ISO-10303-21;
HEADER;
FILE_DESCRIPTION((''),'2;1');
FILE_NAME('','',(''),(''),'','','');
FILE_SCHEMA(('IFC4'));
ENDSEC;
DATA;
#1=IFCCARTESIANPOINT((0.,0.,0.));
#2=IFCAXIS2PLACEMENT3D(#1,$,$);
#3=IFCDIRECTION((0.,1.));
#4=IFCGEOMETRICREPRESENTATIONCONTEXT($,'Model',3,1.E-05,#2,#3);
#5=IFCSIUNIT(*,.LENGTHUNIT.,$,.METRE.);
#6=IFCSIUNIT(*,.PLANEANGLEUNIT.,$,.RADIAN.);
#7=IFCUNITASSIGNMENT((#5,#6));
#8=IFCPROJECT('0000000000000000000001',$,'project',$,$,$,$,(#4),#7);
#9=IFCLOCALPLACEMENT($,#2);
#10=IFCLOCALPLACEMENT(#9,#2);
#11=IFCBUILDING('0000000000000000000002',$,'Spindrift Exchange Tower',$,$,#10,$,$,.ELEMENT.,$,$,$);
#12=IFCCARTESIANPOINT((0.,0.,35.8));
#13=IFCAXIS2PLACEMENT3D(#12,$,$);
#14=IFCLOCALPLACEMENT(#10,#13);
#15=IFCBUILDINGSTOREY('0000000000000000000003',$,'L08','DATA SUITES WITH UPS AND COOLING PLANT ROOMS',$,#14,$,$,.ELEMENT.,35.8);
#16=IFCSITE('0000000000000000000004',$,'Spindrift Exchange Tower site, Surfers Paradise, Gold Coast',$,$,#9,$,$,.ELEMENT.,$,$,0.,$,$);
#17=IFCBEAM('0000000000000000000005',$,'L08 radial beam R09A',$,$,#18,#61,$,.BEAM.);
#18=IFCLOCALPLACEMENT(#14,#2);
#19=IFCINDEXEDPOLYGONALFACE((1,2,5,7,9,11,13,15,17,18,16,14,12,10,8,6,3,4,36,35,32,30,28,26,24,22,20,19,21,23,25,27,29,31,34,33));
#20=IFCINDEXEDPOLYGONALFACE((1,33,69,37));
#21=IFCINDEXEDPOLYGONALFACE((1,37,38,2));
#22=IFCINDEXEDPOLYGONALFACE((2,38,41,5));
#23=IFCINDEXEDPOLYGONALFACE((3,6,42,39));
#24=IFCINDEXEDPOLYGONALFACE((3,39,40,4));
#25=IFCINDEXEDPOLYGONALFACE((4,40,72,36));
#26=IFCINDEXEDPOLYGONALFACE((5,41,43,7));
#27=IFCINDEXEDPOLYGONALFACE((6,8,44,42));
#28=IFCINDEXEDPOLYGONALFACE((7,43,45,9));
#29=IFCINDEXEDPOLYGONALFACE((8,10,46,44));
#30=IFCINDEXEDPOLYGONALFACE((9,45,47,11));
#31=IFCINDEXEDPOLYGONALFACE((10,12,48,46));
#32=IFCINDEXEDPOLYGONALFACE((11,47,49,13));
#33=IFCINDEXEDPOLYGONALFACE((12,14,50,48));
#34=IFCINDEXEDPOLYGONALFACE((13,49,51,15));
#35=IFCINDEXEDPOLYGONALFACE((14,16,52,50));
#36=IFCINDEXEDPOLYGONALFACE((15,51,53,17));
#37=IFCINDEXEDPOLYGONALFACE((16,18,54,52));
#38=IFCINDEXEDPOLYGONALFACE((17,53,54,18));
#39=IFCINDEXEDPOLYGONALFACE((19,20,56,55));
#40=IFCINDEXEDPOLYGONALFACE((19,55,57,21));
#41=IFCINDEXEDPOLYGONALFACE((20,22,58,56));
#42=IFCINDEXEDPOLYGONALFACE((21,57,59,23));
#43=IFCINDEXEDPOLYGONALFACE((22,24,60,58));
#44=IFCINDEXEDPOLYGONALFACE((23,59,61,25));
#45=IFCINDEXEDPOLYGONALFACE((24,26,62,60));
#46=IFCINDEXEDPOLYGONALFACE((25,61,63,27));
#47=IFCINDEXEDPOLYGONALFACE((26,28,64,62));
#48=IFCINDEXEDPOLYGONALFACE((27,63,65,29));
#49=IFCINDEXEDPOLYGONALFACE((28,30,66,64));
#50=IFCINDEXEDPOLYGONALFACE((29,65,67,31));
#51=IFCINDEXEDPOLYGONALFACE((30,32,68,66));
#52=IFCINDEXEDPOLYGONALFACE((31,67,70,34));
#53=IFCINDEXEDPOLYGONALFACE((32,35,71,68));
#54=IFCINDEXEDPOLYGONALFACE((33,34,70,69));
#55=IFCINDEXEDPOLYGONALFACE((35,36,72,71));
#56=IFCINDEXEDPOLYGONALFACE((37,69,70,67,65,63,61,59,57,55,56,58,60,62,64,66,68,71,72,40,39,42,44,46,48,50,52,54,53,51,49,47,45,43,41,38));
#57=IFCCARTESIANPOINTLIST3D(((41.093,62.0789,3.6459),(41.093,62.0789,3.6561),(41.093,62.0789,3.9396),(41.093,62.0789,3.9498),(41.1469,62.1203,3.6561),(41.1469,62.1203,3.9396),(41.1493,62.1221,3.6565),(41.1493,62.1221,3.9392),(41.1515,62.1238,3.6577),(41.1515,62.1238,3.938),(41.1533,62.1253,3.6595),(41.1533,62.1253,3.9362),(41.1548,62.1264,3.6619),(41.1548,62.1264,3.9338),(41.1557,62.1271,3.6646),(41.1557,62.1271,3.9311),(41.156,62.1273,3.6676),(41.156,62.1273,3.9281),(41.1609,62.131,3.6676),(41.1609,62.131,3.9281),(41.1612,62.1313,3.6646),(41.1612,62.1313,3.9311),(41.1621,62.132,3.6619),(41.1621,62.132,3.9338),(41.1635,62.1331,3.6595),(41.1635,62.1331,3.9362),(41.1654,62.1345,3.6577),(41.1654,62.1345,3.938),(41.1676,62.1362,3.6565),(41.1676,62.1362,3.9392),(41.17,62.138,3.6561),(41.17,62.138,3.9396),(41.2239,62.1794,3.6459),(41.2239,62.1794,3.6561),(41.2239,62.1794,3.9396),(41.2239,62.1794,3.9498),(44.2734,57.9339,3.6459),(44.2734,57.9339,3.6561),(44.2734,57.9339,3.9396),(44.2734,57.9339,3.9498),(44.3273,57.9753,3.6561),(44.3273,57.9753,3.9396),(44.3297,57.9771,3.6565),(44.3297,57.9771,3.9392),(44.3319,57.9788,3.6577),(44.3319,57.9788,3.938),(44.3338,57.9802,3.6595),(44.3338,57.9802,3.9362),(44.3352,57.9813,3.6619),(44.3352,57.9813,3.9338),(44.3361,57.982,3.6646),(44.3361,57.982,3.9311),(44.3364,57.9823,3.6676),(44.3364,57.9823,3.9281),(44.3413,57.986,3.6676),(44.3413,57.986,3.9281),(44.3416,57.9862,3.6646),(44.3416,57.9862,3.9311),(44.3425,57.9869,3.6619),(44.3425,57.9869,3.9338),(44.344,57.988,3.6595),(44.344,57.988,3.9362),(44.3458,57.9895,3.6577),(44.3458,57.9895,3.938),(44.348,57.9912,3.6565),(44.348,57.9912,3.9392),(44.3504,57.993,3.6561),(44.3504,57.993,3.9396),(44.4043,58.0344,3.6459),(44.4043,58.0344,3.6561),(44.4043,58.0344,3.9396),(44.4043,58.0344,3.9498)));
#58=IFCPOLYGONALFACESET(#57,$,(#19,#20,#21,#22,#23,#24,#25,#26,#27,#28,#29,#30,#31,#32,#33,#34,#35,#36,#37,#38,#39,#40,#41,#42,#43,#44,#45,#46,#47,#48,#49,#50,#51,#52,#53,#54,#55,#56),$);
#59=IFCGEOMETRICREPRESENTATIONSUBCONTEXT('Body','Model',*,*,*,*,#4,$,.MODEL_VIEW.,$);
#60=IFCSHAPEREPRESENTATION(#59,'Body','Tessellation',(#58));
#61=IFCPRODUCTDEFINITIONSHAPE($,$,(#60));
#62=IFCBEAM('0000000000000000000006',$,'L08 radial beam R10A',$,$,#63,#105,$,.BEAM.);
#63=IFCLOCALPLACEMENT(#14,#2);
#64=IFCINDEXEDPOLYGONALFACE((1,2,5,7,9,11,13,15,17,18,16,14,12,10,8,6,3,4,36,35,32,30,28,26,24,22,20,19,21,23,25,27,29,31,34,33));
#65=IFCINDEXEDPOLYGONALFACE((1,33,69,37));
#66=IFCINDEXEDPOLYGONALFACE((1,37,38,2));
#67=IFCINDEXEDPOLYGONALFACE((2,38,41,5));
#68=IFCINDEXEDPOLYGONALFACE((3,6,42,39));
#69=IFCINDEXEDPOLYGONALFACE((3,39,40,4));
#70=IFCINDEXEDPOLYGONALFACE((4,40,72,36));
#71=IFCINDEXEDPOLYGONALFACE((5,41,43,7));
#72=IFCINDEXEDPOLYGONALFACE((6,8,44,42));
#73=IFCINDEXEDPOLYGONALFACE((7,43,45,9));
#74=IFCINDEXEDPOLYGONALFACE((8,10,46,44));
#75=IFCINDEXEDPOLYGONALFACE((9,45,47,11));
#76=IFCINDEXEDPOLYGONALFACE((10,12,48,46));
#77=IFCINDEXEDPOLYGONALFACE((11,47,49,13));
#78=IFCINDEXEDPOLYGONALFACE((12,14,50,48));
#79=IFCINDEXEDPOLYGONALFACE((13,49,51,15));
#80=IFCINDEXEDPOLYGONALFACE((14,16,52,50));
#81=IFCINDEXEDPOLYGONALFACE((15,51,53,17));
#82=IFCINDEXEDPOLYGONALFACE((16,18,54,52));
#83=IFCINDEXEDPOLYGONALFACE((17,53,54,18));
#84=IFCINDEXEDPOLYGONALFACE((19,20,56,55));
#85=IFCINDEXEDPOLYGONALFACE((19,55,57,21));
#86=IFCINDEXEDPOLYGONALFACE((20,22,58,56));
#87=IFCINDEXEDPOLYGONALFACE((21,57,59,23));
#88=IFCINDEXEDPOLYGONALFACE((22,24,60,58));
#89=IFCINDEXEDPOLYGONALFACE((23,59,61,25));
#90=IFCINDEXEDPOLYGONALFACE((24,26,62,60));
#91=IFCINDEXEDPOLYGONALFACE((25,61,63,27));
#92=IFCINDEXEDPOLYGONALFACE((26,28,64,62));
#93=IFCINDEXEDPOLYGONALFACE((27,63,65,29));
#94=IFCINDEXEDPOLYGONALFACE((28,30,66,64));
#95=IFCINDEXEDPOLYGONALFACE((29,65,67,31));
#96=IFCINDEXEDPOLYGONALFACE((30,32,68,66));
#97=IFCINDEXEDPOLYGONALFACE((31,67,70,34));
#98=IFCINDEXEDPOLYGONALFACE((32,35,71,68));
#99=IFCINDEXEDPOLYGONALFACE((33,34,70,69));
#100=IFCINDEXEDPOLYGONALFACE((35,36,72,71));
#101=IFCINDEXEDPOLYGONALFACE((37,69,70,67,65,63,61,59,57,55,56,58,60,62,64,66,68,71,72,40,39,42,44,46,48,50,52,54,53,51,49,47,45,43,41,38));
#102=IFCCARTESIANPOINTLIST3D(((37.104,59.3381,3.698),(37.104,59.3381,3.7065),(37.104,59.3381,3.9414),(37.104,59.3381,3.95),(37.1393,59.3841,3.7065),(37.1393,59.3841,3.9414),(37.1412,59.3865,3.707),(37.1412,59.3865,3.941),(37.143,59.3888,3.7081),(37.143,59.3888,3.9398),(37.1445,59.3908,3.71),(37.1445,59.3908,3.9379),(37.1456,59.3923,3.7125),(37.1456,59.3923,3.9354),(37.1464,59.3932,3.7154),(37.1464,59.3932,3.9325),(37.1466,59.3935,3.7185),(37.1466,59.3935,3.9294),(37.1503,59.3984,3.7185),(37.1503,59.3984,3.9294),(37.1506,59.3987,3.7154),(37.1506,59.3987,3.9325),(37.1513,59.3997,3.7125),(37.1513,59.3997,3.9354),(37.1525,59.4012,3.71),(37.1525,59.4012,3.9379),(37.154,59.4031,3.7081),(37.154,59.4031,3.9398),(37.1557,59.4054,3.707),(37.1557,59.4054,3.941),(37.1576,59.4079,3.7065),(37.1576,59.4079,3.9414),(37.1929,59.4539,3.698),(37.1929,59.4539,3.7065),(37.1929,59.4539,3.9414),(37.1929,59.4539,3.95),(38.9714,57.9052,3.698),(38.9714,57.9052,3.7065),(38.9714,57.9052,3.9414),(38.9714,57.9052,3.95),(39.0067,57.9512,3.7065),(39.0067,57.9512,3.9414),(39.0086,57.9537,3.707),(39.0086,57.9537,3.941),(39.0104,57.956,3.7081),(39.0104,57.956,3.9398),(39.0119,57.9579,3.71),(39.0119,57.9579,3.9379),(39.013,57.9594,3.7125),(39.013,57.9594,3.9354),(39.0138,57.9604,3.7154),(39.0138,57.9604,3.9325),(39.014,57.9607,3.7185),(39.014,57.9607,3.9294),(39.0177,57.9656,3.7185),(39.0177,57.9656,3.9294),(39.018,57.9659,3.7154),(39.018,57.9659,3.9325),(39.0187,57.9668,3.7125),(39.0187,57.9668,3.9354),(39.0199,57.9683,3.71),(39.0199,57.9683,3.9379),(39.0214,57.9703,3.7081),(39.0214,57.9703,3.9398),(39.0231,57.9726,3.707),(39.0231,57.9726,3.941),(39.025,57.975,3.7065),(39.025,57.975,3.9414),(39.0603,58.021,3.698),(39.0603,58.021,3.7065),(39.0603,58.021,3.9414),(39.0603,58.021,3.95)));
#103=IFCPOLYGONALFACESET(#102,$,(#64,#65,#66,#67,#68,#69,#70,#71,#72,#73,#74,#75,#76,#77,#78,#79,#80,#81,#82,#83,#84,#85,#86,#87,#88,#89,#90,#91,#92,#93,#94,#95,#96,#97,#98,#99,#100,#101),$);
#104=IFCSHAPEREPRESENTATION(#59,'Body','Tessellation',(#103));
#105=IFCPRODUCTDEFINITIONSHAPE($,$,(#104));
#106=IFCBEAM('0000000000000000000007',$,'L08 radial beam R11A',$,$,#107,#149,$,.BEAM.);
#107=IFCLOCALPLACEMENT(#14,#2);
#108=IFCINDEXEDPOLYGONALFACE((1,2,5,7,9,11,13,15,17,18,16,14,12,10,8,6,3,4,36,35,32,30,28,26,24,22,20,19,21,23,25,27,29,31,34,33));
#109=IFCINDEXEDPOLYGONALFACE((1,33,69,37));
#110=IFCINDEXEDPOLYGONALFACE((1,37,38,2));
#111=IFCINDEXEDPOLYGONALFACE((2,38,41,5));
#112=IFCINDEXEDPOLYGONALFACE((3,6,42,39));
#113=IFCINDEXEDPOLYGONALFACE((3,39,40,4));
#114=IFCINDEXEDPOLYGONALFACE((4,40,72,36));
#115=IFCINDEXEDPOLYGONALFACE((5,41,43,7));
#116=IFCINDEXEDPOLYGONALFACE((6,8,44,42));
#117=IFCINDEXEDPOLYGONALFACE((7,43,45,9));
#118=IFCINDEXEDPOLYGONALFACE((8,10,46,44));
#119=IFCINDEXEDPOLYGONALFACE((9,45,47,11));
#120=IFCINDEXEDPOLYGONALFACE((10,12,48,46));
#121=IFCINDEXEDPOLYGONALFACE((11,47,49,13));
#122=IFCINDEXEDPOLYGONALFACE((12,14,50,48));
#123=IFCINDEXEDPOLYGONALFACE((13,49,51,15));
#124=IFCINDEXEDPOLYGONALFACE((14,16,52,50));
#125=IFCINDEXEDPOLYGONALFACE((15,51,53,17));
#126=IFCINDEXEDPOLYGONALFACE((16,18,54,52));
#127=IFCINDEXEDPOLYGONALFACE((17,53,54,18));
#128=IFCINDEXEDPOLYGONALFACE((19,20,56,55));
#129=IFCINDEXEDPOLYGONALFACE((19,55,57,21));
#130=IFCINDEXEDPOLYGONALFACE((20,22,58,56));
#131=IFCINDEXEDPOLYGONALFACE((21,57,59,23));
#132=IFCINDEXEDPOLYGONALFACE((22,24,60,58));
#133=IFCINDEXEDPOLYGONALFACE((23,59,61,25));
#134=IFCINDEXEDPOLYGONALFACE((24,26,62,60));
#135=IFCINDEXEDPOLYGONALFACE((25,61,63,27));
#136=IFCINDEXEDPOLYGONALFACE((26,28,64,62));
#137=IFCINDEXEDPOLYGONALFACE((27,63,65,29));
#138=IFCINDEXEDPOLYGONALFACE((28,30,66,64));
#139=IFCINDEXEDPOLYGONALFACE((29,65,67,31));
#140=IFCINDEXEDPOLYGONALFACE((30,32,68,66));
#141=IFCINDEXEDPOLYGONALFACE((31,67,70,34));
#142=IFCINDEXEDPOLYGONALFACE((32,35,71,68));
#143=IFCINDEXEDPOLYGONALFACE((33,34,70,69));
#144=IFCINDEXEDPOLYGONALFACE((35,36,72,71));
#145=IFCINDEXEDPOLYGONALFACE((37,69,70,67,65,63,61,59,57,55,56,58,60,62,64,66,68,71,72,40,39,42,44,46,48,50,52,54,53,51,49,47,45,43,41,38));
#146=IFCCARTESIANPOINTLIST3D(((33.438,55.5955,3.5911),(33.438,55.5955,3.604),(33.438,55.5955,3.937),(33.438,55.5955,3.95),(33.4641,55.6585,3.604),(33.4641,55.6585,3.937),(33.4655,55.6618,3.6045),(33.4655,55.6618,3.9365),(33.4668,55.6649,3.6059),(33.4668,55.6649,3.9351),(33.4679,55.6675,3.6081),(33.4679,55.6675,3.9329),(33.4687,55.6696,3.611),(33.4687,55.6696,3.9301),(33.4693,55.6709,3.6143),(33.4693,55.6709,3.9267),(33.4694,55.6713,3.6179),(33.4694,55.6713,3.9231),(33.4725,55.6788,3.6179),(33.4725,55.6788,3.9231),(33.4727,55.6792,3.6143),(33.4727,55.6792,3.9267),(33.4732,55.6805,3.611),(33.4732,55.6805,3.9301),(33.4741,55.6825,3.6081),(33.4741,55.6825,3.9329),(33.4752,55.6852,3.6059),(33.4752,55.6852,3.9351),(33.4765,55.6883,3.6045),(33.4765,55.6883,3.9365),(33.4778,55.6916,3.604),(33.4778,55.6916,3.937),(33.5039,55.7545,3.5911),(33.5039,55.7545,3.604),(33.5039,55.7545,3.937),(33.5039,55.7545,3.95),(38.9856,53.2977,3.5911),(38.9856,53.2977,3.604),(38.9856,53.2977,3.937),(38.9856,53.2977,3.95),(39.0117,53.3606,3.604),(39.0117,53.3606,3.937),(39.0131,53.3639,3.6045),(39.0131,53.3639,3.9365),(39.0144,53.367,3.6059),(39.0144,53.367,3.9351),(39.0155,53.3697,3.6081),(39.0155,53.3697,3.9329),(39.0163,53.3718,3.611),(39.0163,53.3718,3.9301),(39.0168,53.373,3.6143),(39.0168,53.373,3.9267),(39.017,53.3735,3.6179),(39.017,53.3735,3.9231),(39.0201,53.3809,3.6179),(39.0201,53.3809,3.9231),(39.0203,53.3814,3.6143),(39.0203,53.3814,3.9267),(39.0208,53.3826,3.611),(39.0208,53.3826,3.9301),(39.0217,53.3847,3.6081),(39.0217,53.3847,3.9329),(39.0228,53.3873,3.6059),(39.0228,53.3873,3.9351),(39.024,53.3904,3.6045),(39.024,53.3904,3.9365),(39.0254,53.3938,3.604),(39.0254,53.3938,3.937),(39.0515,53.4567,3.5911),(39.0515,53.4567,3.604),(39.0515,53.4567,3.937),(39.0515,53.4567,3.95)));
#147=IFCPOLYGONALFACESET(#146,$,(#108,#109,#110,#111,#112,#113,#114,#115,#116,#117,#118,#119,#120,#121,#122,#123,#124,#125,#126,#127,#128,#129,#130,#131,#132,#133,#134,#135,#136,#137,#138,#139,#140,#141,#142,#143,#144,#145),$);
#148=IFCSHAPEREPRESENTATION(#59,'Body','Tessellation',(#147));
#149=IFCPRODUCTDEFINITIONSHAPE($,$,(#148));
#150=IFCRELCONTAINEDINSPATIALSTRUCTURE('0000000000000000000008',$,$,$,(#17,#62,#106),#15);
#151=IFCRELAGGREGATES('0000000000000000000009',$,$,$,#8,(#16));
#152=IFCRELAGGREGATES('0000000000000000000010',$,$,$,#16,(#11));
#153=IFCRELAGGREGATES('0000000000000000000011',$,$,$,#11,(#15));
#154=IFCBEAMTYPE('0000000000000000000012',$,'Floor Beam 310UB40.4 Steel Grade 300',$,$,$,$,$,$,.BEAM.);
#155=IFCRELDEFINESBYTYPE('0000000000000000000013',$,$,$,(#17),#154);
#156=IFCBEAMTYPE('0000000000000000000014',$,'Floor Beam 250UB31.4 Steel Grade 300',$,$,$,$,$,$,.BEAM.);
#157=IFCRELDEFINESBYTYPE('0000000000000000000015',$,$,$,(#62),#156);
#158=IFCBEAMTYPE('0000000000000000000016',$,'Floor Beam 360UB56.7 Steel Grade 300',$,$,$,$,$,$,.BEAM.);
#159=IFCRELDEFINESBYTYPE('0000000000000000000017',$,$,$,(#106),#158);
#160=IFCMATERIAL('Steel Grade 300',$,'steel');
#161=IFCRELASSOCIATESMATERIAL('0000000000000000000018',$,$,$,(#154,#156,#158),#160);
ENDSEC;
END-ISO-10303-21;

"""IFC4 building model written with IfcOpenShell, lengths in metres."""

from ifc_helpers import new_model, si_unit, direction, frame, origin, origin_2d, place, context, subcontext, project, spatial, i_section, extrude, source, transform, mapped, material, material_profile, profile_set, type_object, element, save


model = new_model("IFC4")

# Units and contexts
model_context = context("Model", 3, precision=1e-05, world=origin(), true_north=direction((0.0, 1.0)))
body_context = subcontext(model_context, "Body", "Model", "MODEL_VIEW")
ifc_project = project(units=[si_unit("LENGTHUNIT", "METRE"), si_unit("PLANEANGLEUNIT", "RADIAN")], contexts=[model_context])

# Site, building, storey
site_placement = place(None, origin())
site = spatial("IfcSite", under=ifc_project, at=site_placement, Name="Spindrift Exchange Tower site, Surfers Paradise, Gold Coast", CompositionType="ELEMENT", RefElevation=0.0)
building_placement = place(site_placement, origin())
building = spatial("IfcBuilding", under=site, at=building_placement, Name="Spindrift Exchange Tower", CompositionType="ELEMENT")
storey_placement = place(building_placement, frame((0.0, 0.0, 35.8)))
storey = spatial("IfcBuildingStorey", under=building, at=storey_placement, Name="L08", Description="DATA SUITES WITH UPS AND COOLING PLANT ROOMS", CompositionType="ELEMENT", Elevation=35.8)

# Beams
ifc_material_1 = material(Name="Steel Grade 300", Category="steel")
ifc_material_profile_1 = material_profile(ifc_material_1, i_section(OverallWidth=0.165, OverallDepth=0.304, WebThickness=0.0061, FlangeThickness=0.0103, FilletRadius=0.0115, at=origin_2d()), Name="310UB40.4")
ifc_profile_set_1 = profile_set([ifc_material_profile_1], Name="Steel Grade 300")
beam_type_1 = type_object("IfcBeamType", Name="Floor Beam 310UB40.4 Steel Grade 300", PredefinedType="BEAM", material=ifc_profile_set_1)
shared_shape_1 = source(origin(), body_context, "Body", "SweptSolid", [
    extrude(i_section(OverallWidth=0.165, OverallDepth=0.304, WebThickness=0.0061, FlangeThickness=0.0103, FilletRadius=0.0115, at=origin_2d()), origin(), (0.0, 0.0, 1.0), 5.2246),
])
beam_1_placement = place(storey_placement, frame((44.3389, 57.9841, 3.7979), z_axis=(-0.608741, 0.793369, 0.0), x_axis=(-0.793369, -0.608741, 0.0)))
element("IfcBeam", 1, at=beam_1_placement, inside=storey, type_object=beam_type_1, Name="L08 radial beam R09A", PredefinedType="BEAM", context=body_context, shape_type="MappedRepresentation", body=[
    mapped(shared_shape_1, transform((0.0, 0.0, 0.0), scale=1.0)),
])
ifc_material_profile_2 = material_profile(ifc_material_1, i_section(OverallWidth=0.146, OverallDepth=0.252, WebThickness=0.0061, FlangeThickness=0.0085, FilletRadius=0.012, at=origin_2d()), Name="250UB31.4")
ifc_profile_set_2 = profile_set([ifc_material_profile_2], Name="Steel Grade 300")
beam_type_2 = type_object("IfcBeamType", Name="Floor Beam 250UB31.4 Steel Grade 300", PredefinedType="BEAM", material=ifc_profile_set_2)
shared_shape_2 = source(origin(), body_context, "Body", "SweptSolid", [
    extrude(i_section(OverallWidth=0.146, OverallDepth=0.252, WebThickness=0.0061, FlangeThickness=0.0085, FilletRadius=0.012, at=origin_2d()), origin(), (0.0, 0.0, 1.0), 2.3538),
])
beam_2_placement = place(storey_placement, frame((39.0159, 57.9631, 3.824), z_axis=(-0.793368, 0.608743, 0.0), x_axis=(-0.608743, -0.793368, 0.0)))
element("IfcBeam", 2, at=beam_2_placement, inside=storey, type_object=beam_type_2, Name="L08 radial beam R10A", PredefinedType="BEAM", context=body_context, shape_type="MappedRepresentation", body=[
    mapped(shared_shape_2, transform((0.0, 0.0, 0.0), scale=1.0)),
])
ifc_material_profile_3 = material_profile(ifc_material_1, i_section(OverallWidth=0.1721, OverallDepth=0.3589, WebThickness=0.0081, FlangeThickness=0.0129, FilletRadius=0.0139, at=origin_2d()), Name="360UB56.7")
ifc_profile_set_3 = profile_set([ifc_material_profile_3], Name="Steel Grade 300")
beam_type_3 = type_object("IfcBeamType", Name="Floor Beam 360UB56.7 Steel Grade 300", PredefinedType="BEAM", material=ifc_profile_set_3)
shared_shape_3 = source(origin(), body_context, "Body", "SweptSolid", [
    extrude(i_section(OverallWidth=0.1721, OverallDepth=0.3589, WebThickness=0.0081, FlangeThickness=0.0129, FilletRadius=0.0139, at=origin_2d()), origin(), (0.0, 0.0, 1.0), 6.0046),
])
beam_3_placement = place(storey_placement, frame((39.0186, 53.3772, 3.7705), z_axis=(-0.923882, 0.382677, 0.0), x_axis=(-0.382677, -0.923882, 0.0)))
element("IfcBeam", 3, at=beam_3_placement, inside=storey, type_object=beam_type_3, Name="L08 radial beam R11A", PredefinedType="BEAM", context=body_context, shape_type="MappedRepresentation", body=[
    mapped(shared_shape_3, transform((0.0, 0.0, 0.0), scale=1.0)),
])

save(model, "model.ifc")
